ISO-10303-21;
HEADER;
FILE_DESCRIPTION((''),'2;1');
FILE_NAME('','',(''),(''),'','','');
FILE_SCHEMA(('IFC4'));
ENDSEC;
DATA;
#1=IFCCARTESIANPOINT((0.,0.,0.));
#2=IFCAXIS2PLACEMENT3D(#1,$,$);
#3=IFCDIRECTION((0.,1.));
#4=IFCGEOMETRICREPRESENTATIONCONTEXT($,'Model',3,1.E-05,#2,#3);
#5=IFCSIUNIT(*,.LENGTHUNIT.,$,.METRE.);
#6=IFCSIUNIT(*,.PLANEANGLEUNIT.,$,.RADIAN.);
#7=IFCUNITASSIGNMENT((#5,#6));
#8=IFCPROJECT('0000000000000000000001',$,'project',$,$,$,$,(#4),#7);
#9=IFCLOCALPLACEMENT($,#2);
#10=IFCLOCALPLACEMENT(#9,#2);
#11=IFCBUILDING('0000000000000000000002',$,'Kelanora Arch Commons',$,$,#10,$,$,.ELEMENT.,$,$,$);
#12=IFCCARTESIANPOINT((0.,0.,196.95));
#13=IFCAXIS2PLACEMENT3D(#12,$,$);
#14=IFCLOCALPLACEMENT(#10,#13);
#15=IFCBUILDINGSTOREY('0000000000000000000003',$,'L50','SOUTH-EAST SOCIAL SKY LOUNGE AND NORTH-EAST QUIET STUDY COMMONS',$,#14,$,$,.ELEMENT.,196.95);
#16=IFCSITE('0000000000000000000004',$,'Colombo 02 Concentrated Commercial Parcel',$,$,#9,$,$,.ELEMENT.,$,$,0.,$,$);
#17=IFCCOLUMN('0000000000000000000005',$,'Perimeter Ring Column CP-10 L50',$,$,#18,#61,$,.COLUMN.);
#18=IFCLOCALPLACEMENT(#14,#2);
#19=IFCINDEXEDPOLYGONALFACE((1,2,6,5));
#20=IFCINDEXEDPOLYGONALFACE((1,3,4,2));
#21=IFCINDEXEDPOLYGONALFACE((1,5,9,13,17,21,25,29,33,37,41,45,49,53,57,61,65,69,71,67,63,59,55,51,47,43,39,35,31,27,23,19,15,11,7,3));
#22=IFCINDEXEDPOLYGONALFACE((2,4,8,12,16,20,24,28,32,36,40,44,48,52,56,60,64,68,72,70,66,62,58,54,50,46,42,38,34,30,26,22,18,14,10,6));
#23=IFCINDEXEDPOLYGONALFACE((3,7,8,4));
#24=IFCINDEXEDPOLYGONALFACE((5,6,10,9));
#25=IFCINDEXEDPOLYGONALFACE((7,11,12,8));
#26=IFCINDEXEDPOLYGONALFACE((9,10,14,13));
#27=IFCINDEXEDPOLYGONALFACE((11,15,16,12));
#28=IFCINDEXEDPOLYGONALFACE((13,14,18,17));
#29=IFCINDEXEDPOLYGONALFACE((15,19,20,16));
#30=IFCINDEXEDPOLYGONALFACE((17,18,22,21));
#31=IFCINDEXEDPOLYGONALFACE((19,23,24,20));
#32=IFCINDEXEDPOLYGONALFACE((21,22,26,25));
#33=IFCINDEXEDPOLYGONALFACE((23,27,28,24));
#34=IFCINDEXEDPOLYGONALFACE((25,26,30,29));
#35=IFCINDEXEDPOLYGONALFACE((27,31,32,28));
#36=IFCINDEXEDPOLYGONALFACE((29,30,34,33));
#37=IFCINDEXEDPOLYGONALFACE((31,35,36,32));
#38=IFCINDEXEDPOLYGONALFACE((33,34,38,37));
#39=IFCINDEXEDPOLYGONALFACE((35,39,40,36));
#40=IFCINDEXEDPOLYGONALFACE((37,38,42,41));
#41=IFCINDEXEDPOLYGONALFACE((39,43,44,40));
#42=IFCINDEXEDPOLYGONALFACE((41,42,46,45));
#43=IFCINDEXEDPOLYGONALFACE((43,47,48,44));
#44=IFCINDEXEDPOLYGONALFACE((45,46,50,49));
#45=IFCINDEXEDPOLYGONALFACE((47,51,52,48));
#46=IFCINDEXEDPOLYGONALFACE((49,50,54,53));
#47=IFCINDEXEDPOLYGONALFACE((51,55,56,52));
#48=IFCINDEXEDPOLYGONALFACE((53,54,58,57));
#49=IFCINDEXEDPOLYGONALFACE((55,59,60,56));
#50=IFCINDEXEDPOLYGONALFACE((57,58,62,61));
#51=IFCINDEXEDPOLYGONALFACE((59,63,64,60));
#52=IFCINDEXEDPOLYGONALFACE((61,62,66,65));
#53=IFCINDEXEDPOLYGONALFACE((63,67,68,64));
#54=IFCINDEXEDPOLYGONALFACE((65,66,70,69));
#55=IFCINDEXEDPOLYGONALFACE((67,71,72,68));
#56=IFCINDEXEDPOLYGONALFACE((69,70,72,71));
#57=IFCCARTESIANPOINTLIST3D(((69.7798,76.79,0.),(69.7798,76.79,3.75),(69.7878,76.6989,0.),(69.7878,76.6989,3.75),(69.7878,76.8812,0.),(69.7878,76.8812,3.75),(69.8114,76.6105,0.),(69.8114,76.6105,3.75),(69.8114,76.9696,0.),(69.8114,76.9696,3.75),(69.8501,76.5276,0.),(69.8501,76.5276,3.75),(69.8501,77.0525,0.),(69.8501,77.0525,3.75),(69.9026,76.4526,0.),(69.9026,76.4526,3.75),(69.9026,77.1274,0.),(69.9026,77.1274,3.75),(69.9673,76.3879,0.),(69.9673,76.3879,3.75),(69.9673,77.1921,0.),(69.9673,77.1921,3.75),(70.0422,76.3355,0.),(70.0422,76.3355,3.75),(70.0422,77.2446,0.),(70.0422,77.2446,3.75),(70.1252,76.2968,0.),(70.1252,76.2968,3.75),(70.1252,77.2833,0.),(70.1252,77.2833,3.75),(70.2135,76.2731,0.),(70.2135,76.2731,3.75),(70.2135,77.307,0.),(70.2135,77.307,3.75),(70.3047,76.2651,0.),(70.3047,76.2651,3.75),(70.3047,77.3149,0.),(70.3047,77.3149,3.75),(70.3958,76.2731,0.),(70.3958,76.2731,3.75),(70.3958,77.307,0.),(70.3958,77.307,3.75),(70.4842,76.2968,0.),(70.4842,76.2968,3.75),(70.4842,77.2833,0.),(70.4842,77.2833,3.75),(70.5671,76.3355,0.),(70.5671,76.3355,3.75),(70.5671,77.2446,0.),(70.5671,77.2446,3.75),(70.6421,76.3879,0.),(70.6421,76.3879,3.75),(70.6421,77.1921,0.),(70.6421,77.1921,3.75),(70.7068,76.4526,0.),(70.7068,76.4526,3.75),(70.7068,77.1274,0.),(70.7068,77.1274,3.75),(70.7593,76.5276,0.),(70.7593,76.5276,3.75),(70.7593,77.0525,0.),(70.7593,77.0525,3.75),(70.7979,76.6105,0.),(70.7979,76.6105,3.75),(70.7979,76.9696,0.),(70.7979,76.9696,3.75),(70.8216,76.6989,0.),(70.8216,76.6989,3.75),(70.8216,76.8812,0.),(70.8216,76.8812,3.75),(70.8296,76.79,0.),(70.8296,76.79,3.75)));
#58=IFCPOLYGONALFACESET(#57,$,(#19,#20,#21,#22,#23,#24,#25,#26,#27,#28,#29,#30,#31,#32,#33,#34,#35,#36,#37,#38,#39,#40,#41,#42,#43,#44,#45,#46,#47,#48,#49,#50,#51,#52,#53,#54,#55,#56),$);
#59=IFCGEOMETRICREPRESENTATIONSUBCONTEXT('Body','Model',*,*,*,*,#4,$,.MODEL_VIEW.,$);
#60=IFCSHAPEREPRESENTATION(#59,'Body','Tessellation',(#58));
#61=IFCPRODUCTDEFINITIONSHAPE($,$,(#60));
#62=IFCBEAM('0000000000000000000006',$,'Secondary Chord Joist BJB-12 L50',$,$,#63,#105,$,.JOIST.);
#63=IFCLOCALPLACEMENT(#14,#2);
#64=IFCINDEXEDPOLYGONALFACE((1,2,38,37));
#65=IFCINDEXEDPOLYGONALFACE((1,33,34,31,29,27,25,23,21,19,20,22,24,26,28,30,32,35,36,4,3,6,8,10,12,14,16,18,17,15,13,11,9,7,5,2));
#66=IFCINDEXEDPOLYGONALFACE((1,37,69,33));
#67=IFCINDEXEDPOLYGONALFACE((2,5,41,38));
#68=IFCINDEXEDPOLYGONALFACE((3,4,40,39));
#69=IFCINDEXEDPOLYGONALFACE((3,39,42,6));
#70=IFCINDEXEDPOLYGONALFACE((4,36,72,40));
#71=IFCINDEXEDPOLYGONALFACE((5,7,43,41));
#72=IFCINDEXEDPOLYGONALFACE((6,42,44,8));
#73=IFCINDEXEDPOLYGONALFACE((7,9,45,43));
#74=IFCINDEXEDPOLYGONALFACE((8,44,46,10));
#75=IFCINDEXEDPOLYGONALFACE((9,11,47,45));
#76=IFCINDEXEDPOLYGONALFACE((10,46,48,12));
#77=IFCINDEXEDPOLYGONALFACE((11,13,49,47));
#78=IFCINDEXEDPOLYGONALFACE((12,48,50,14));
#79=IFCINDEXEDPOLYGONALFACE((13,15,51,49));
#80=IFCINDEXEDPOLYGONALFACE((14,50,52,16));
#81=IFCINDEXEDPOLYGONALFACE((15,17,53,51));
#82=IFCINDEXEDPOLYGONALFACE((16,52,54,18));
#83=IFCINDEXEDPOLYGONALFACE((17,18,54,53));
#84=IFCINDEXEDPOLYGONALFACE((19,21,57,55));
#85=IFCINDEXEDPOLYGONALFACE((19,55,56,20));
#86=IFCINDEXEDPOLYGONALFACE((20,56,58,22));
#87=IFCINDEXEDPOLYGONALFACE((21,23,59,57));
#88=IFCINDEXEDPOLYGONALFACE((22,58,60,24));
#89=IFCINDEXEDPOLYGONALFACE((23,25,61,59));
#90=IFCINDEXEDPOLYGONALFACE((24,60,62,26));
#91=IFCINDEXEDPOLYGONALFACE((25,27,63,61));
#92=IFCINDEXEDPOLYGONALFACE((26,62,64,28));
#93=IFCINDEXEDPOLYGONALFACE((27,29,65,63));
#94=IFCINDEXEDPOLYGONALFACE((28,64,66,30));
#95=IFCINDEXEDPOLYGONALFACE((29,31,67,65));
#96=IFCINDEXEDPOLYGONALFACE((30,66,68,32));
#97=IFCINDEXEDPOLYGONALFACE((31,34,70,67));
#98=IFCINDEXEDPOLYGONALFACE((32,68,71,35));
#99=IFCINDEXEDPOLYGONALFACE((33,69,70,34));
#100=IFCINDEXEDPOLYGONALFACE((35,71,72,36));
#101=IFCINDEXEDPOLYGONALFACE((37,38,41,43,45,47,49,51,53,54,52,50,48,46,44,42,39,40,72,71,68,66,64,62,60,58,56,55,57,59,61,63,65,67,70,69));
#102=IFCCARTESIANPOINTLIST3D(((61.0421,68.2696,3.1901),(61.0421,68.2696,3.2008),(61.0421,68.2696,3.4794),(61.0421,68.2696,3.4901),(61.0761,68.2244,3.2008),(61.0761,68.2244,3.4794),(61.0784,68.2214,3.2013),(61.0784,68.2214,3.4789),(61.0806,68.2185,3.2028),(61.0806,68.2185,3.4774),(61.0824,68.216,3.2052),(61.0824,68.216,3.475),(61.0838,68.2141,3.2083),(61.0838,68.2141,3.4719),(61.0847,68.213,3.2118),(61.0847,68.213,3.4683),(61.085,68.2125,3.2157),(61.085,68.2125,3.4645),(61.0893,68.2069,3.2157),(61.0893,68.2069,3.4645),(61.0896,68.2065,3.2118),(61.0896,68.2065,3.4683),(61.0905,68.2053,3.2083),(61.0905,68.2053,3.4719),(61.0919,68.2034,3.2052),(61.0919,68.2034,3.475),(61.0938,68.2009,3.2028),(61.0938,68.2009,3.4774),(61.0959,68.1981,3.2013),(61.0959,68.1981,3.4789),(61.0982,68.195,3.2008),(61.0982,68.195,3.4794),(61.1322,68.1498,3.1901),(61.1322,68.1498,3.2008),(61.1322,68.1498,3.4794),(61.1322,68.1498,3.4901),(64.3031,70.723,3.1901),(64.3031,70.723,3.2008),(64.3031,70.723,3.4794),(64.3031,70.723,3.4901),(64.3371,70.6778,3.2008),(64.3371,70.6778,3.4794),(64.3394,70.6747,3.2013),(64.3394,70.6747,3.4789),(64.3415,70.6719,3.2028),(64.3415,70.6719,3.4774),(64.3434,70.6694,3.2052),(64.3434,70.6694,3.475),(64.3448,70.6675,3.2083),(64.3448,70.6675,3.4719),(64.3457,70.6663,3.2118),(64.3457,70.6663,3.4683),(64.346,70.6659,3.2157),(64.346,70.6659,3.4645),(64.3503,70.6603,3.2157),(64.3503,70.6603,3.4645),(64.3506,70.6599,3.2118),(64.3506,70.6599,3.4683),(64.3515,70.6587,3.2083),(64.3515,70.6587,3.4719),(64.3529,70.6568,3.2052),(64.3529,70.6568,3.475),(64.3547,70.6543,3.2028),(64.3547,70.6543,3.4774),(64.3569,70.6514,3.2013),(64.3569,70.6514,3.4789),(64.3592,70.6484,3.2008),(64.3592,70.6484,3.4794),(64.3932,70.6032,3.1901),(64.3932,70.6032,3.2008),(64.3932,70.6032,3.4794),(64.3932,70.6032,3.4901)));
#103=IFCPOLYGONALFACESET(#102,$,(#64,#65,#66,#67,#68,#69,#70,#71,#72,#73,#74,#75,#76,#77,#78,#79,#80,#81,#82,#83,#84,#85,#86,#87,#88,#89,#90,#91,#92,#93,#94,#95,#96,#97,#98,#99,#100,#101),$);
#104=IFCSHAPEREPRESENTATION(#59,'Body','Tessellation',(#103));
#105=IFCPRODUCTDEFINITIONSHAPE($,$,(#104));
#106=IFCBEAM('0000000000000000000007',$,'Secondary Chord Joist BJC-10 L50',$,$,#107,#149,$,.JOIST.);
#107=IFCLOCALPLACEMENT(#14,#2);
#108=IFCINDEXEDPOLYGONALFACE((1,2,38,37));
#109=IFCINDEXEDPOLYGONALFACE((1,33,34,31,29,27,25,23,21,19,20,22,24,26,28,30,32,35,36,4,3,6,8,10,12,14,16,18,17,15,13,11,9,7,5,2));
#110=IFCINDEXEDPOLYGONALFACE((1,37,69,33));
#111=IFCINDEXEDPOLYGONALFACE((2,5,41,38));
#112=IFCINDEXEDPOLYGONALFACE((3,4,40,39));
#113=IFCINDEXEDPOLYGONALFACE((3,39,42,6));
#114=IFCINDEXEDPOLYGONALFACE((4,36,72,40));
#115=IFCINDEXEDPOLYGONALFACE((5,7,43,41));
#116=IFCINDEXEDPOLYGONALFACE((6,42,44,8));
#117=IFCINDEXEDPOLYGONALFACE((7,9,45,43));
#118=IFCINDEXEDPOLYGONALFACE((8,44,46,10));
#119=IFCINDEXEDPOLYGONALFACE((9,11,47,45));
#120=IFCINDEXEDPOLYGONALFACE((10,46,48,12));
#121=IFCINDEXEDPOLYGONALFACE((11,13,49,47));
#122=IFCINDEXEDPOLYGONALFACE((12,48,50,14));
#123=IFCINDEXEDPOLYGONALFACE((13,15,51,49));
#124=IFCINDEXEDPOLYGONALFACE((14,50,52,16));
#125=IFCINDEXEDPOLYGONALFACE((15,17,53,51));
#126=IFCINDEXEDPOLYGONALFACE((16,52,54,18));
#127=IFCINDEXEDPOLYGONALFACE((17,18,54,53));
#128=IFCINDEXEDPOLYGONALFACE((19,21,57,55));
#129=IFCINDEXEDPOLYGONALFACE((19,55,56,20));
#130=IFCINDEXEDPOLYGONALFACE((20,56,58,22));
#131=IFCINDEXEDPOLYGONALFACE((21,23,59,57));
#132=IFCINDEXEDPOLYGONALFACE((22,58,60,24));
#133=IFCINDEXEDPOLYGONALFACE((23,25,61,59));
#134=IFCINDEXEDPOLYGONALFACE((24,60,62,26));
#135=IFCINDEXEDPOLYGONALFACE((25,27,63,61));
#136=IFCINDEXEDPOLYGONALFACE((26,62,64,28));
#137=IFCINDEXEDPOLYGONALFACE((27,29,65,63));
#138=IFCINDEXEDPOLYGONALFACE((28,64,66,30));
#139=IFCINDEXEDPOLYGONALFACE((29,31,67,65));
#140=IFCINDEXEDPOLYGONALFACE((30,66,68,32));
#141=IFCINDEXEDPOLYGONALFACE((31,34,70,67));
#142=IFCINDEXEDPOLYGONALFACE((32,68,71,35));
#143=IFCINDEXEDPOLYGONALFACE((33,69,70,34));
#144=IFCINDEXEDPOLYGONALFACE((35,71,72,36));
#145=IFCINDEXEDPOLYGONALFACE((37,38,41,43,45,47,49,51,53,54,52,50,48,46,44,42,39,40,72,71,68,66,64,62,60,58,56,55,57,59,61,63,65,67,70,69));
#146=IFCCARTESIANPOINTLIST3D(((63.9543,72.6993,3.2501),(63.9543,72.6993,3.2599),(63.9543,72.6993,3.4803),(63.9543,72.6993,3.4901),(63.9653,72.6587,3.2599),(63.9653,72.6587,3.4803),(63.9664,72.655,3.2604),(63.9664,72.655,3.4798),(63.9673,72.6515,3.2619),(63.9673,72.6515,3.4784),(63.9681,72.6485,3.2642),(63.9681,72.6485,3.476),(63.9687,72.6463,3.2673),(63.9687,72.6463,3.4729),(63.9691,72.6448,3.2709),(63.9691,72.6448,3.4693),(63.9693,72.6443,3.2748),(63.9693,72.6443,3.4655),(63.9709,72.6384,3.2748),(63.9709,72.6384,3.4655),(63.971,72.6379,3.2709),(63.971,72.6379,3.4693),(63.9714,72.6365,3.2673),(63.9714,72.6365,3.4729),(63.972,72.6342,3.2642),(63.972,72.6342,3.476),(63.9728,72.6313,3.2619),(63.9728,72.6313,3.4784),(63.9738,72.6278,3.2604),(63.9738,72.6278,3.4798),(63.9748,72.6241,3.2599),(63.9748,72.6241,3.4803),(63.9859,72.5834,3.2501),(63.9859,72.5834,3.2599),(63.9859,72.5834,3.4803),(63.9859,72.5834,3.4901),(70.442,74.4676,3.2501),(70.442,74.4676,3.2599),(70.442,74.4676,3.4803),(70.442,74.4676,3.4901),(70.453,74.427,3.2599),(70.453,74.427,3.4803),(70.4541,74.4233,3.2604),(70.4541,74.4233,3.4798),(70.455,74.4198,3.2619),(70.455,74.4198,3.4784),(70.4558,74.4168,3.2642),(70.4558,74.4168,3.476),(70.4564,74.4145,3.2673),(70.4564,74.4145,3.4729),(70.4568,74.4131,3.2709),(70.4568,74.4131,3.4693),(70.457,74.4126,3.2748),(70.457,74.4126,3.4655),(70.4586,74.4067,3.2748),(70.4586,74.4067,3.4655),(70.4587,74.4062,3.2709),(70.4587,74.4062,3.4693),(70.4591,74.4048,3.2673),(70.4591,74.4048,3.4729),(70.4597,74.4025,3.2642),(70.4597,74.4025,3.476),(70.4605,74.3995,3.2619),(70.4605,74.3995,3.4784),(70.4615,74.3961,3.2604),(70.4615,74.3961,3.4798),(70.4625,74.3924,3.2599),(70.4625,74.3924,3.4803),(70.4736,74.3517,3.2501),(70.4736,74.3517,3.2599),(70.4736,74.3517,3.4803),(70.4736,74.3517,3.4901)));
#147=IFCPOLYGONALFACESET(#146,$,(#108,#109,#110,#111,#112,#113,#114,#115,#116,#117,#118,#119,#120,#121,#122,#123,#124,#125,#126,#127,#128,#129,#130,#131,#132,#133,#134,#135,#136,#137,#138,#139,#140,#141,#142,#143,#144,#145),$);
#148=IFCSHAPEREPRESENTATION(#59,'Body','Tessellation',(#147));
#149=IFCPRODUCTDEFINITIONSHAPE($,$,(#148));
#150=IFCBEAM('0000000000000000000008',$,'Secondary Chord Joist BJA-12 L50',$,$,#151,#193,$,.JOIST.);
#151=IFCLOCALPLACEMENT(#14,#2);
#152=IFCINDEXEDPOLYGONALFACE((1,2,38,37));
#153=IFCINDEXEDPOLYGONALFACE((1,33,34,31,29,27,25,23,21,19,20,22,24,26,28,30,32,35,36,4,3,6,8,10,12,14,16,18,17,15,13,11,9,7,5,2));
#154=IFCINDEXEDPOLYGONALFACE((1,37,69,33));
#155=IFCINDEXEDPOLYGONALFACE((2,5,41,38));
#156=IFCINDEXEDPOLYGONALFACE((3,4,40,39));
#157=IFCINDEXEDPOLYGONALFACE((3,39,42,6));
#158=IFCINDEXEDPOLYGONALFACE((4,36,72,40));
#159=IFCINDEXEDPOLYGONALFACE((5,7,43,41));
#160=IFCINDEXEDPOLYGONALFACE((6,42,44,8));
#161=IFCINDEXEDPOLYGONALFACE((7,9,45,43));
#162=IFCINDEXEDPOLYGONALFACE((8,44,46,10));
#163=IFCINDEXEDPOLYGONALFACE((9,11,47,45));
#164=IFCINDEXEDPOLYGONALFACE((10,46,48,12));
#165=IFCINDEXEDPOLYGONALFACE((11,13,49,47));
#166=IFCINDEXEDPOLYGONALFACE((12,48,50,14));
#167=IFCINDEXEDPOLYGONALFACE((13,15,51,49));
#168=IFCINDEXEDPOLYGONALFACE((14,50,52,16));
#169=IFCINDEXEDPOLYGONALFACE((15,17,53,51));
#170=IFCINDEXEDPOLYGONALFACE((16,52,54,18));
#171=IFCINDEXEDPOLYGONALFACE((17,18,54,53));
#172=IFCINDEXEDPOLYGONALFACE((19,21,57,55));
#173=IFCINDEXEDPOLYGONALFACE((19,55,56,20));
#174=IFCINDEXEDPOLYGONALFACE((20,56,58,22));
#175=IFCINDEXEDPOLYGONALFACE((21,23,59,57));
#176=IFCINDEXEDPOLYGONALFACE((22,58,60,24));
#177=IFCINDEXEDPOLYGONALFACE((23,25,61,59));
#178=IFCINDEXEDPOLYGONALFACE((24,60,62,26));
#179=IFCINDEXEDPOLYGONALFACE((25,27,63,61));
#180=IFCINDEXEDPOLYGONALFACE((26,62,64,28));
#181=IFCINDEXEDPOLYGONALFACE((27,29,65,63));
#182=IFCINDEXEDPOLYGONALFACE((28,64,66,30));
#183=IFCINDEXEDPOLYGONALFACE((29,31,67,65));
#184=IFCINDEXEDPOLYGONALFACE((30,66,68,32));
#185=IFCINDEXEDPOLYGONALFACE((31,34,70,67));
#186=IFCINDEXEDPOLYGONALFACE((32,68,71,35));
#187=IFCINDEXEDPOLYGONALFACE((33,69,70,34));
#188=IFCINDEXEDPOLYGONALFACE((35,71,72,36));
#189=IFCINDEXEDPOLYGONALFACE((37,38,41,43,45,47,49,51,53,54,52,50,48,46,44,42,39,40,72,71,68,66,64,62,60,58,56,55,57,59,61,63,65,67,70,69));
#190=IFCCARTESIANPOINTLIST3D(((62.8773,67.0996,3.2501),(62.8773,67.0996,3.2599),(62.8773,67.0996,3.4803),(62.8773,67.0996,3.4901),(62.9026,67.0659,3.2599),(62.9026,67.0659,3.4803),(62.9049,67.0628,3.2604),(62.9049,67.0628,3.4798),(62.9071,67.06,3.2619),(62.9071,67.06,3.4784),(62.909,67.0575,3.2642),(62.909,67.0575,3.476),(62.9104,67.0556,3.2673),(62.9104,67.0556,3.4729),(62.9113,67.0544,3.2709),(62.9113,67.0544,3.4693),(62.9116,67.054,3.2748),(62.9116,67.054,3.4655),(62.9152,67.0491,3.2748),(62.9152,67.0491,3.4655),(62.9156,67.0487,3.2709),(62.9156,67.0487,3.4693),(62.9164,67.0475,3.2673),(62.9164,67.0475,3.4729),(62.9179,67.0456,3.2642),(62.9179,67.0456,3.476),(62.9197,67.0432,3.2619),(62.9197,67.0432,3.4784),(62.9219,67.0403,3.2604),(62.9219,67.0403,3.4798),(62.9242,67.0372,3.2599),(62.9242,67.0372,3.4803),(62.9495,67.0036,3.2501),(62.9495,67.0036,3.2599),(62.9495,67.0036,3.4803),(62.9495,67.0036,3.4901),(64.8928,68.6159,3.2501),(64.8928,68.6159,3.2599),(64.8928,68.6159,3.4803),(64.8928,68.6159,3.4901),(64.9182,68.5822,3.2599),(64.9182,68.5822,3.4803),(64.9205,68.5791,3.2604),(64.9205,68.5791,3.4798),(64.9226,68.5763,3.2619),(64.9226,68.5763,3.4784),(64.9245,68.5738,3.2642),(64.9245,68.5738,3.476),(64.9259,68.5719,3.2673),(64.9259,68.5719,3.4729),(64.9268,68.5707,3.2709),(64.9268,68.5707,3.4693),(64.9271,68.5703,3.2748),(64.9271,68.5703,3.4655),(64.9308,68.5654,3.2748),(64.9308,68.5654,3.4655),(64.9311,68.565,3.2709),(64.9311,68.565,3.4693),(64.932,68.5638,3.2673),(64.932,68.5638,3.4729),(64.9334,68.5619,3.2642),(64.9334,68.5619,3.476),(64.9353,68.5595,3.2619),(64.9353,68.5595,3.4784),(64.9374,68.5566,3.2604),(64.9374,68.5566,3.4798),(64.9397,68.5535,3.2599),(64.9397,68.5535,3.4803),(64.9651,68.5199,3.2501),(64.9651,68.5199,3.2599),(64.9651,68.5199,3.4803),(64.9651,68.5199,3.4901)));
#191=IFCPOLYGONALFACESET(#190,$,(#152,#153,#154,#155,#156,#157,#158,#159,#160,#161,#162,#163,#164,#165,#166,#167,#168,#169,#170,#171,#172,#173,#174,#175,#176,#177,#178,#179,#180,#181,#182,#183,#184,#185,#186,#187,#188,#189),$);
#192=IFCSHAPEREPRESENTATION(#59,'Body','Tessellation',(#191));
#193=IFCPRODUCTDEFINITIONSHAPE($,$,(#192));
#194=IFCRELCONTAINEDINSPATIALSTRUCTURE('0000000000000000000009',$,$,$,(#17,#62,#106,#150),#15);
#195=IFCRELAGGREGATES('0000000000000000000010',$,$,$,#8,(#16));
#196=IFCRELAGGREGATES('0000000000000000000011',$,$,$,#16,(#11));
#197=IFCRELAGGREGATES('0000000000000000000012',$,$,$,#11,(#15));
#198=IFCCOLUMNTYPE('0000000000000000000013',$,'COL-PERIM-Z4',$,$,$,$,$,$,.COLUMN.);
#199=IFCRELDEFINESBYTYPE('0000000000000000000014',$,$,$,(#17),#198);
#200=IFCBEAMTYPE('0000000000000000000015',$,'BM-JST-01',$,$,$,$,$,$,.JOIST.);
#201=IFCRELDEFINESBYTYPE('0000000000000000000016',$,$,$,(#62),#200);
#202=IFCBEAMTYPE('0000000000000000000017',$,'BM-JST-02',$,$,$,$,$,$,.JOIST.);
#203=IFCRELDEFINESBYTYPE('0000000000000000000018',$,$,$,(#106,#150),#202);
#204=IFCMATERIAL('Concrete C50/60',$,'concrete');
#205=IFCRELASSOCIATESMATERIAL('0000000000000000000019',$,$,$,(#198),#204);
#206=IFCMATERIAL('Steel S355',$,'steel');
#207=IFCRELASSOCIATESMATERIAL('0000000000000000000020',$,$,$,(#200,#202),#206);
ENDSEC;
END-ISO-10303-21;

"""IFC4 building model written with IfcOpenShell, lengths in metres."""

from ifc_helpers import new_model, si_unit, direction, frame, origin, origin_2d, place, context, subcontext, project, spatial, circle, i_section, extrude, material, material_profile, profile_set, type_object, element, save


model = new_model("IFC4")

# Units and contexts
model_context = context("Model", 3, precision=1e-05, world=origin(), true_north=direction((0.0, 1.0)))
body_context = subcontext(model_context, "Body", "Model", "MODEL_VIEW")
ifc_project = project(units=[si_unit("LENGTHUNIT", "METRE"), si_unit("PLANEANGLEUNIT", "RADIAN")], contexts=[model_context])

# Site, building, storey
site_placement = place(None, origin())
site = spatial("IfcSite", under=ifc_project, at=site_placement, Name="Colombo 02 Concentrated Commercial Parcel", CompositionType="ELEMENT", RefElevation=0.0)
building_placement = place(site_placement, origin())
building = spatial("IfcBuilding", under=site, at=building_placement, Name="Kelanora Arch Commons", CompositionType="ELEMENT")
storey_placement = place(building_placement, frame((0.0, 0.0, 196.95)))
storey = spatial("IfcBuildingStorey", under=building, at=storey_placement, Name="L50", Description="SOUTH-EAST SOCIAL SKY LOUNGE AND NORTH-EAST QUIET STUDY COMMONS", CompositionType="ELEMENT", Elevation=196.95)

# Column
ifc_material_1 = material(Name="Concrete C50/60", Category="concrete")
ifc_material_profile_1 = material_profile(ifc_material_1, circle(Radius=0.5249, at=origin_2d()), Name="RCC1050")
ifc_profile_set_1 = profile_set([ifc_material_profile_1], Name="Concrete C50/60")
column_type = type_object("IfcColumnType", Name="COL-PERIM-Z4", PredefinedType="COLUMN", material=ifc_profile_set_1)
column_placement = place(storey_placement, frame((70.3047, 76.79, 0.0), z_axis=(0.0, 0.0, 1.0), x_axis=(1.0, 0.0, 0.0)))
element("IfcColumn", 1, at=column_placement, inside=storey, type_object=column_type, Name="Perimeter Ring Column CP-10 L50", PredefinedType="COLUMN", context=body_context, shape_type="SweptSolid", body=[
    extrude(circle(Radius=0.5249, at=origin_2d()), origin(), (0.0, 0.0, 1.0), 3.75),
])

# Beams
ifc_material_2 = material(Name="Steel S355", Category="steel")
ifc_material_profile_2 = material_profile(ifc_material_2, i_section(OverallWidth=0.1499, OverallDepth=0.3, WebThickness=0.0071, FlangeThickness=0.0107, FilletRadius=0.0149, at=origin_2d()), Name="IPE300")
ifc_profile_set_2 = profile_set([ifc_material_profile_2], Name="Steel S355")
beam_type_1 = type_object("IfcBeamType", Name="BM-JST-01", PredefinedType="JOIST", material=ifc_profile_set_2)
beam_1_placement = place(storey_placement, frame((64.3481, 70.6631, 3.3401), z_axis=(-0.799102, -0.601196, 0.0), x_axis=(0.601196, -0.799102, 0.0)))
element("IfcBeam", 2, at=beam_1_placement, inside=storey, type_object=beam_type_1, Name="Secondary Chord Joist BJB-12 L50", PredefinedType="JOIST", context=body_context, shape_type="SweptSolid", body=[
    extrude(i_section(OverallWidth=0.1499, OverallDepth=0.3, WebThickness=0.0071, FlangeThickness=0.0107, FilletRadius=0.0149, at=origin_2d()), origin(), (0.0, 0.0, 1.0), 4.0808),
])
ifc_material_profile_3 = material_profile(ifc_material_2, i_section(OverallWidth=0.1201, OverallDepth=0.24, WebThickness=0.0061, FlangeThickness=0.0098, FilletRadius=0.0149, at=origin_2d()), Name="IPE240")
ifc_profile_set_3 = profile_set([ifc_material_profile_3], Name="Steel S355")
beam_type_2 = type_object("IfcBeamType", Name="BM-JST-02", PredefinedType="JOIST", material=ifc_profile_set_3)
beam_2_placement = place(storey_placement, frame((70.4578, 74.4097, 3.3701), z_axis=(-0.964805, -0.262967, 0.0), x_axis=(0.262967, -0.964805, 0.0)))
element("IfcBeam", 3, at=beam_2_placement, inside=storey, type_object=beam_type_2, Name="Secondary Chord Joist BJC-10 L50", PredefinedType="JOIST", context=body_context, shape_type="SweptSolid", body=[
    extrude(i_section(OverallWidth=0.1201, OverallDepth=0.24, WebThickness=0.0061, FlangeThickness=0.0098, FilletRadius=0.0149, at=origin_2d()), origin(), (0.0, 0.0, 1.0), 6.7244),
])
beam_3_placement = place(storey_placement, frame((64.929, 68.5679, 3.3701), z_axis=(-0.799116, -0.601176, 0.0), x_axis=(0.601176, -0.799116, 0.0)))
element("IfcBeam", 4, at=beam_3_placement, inside=storey, type_object=beam_type_2, Name="Secondary Chord Joist BJA-12 L50", PredefinedType="JOIST", context=body_context, shape_type="SweptSolid", body=[
    extrude(i_section(OverallWidth=0.1201, OverallDepth=0.24, WebThickness=0.0061, FlangeThickness=0.0098, FilletRadius=0.0149, at=origin_2d()), origin(), (0.0, 0.0, 1.0), 2.5222),
])

save(model, "model.ifc")
